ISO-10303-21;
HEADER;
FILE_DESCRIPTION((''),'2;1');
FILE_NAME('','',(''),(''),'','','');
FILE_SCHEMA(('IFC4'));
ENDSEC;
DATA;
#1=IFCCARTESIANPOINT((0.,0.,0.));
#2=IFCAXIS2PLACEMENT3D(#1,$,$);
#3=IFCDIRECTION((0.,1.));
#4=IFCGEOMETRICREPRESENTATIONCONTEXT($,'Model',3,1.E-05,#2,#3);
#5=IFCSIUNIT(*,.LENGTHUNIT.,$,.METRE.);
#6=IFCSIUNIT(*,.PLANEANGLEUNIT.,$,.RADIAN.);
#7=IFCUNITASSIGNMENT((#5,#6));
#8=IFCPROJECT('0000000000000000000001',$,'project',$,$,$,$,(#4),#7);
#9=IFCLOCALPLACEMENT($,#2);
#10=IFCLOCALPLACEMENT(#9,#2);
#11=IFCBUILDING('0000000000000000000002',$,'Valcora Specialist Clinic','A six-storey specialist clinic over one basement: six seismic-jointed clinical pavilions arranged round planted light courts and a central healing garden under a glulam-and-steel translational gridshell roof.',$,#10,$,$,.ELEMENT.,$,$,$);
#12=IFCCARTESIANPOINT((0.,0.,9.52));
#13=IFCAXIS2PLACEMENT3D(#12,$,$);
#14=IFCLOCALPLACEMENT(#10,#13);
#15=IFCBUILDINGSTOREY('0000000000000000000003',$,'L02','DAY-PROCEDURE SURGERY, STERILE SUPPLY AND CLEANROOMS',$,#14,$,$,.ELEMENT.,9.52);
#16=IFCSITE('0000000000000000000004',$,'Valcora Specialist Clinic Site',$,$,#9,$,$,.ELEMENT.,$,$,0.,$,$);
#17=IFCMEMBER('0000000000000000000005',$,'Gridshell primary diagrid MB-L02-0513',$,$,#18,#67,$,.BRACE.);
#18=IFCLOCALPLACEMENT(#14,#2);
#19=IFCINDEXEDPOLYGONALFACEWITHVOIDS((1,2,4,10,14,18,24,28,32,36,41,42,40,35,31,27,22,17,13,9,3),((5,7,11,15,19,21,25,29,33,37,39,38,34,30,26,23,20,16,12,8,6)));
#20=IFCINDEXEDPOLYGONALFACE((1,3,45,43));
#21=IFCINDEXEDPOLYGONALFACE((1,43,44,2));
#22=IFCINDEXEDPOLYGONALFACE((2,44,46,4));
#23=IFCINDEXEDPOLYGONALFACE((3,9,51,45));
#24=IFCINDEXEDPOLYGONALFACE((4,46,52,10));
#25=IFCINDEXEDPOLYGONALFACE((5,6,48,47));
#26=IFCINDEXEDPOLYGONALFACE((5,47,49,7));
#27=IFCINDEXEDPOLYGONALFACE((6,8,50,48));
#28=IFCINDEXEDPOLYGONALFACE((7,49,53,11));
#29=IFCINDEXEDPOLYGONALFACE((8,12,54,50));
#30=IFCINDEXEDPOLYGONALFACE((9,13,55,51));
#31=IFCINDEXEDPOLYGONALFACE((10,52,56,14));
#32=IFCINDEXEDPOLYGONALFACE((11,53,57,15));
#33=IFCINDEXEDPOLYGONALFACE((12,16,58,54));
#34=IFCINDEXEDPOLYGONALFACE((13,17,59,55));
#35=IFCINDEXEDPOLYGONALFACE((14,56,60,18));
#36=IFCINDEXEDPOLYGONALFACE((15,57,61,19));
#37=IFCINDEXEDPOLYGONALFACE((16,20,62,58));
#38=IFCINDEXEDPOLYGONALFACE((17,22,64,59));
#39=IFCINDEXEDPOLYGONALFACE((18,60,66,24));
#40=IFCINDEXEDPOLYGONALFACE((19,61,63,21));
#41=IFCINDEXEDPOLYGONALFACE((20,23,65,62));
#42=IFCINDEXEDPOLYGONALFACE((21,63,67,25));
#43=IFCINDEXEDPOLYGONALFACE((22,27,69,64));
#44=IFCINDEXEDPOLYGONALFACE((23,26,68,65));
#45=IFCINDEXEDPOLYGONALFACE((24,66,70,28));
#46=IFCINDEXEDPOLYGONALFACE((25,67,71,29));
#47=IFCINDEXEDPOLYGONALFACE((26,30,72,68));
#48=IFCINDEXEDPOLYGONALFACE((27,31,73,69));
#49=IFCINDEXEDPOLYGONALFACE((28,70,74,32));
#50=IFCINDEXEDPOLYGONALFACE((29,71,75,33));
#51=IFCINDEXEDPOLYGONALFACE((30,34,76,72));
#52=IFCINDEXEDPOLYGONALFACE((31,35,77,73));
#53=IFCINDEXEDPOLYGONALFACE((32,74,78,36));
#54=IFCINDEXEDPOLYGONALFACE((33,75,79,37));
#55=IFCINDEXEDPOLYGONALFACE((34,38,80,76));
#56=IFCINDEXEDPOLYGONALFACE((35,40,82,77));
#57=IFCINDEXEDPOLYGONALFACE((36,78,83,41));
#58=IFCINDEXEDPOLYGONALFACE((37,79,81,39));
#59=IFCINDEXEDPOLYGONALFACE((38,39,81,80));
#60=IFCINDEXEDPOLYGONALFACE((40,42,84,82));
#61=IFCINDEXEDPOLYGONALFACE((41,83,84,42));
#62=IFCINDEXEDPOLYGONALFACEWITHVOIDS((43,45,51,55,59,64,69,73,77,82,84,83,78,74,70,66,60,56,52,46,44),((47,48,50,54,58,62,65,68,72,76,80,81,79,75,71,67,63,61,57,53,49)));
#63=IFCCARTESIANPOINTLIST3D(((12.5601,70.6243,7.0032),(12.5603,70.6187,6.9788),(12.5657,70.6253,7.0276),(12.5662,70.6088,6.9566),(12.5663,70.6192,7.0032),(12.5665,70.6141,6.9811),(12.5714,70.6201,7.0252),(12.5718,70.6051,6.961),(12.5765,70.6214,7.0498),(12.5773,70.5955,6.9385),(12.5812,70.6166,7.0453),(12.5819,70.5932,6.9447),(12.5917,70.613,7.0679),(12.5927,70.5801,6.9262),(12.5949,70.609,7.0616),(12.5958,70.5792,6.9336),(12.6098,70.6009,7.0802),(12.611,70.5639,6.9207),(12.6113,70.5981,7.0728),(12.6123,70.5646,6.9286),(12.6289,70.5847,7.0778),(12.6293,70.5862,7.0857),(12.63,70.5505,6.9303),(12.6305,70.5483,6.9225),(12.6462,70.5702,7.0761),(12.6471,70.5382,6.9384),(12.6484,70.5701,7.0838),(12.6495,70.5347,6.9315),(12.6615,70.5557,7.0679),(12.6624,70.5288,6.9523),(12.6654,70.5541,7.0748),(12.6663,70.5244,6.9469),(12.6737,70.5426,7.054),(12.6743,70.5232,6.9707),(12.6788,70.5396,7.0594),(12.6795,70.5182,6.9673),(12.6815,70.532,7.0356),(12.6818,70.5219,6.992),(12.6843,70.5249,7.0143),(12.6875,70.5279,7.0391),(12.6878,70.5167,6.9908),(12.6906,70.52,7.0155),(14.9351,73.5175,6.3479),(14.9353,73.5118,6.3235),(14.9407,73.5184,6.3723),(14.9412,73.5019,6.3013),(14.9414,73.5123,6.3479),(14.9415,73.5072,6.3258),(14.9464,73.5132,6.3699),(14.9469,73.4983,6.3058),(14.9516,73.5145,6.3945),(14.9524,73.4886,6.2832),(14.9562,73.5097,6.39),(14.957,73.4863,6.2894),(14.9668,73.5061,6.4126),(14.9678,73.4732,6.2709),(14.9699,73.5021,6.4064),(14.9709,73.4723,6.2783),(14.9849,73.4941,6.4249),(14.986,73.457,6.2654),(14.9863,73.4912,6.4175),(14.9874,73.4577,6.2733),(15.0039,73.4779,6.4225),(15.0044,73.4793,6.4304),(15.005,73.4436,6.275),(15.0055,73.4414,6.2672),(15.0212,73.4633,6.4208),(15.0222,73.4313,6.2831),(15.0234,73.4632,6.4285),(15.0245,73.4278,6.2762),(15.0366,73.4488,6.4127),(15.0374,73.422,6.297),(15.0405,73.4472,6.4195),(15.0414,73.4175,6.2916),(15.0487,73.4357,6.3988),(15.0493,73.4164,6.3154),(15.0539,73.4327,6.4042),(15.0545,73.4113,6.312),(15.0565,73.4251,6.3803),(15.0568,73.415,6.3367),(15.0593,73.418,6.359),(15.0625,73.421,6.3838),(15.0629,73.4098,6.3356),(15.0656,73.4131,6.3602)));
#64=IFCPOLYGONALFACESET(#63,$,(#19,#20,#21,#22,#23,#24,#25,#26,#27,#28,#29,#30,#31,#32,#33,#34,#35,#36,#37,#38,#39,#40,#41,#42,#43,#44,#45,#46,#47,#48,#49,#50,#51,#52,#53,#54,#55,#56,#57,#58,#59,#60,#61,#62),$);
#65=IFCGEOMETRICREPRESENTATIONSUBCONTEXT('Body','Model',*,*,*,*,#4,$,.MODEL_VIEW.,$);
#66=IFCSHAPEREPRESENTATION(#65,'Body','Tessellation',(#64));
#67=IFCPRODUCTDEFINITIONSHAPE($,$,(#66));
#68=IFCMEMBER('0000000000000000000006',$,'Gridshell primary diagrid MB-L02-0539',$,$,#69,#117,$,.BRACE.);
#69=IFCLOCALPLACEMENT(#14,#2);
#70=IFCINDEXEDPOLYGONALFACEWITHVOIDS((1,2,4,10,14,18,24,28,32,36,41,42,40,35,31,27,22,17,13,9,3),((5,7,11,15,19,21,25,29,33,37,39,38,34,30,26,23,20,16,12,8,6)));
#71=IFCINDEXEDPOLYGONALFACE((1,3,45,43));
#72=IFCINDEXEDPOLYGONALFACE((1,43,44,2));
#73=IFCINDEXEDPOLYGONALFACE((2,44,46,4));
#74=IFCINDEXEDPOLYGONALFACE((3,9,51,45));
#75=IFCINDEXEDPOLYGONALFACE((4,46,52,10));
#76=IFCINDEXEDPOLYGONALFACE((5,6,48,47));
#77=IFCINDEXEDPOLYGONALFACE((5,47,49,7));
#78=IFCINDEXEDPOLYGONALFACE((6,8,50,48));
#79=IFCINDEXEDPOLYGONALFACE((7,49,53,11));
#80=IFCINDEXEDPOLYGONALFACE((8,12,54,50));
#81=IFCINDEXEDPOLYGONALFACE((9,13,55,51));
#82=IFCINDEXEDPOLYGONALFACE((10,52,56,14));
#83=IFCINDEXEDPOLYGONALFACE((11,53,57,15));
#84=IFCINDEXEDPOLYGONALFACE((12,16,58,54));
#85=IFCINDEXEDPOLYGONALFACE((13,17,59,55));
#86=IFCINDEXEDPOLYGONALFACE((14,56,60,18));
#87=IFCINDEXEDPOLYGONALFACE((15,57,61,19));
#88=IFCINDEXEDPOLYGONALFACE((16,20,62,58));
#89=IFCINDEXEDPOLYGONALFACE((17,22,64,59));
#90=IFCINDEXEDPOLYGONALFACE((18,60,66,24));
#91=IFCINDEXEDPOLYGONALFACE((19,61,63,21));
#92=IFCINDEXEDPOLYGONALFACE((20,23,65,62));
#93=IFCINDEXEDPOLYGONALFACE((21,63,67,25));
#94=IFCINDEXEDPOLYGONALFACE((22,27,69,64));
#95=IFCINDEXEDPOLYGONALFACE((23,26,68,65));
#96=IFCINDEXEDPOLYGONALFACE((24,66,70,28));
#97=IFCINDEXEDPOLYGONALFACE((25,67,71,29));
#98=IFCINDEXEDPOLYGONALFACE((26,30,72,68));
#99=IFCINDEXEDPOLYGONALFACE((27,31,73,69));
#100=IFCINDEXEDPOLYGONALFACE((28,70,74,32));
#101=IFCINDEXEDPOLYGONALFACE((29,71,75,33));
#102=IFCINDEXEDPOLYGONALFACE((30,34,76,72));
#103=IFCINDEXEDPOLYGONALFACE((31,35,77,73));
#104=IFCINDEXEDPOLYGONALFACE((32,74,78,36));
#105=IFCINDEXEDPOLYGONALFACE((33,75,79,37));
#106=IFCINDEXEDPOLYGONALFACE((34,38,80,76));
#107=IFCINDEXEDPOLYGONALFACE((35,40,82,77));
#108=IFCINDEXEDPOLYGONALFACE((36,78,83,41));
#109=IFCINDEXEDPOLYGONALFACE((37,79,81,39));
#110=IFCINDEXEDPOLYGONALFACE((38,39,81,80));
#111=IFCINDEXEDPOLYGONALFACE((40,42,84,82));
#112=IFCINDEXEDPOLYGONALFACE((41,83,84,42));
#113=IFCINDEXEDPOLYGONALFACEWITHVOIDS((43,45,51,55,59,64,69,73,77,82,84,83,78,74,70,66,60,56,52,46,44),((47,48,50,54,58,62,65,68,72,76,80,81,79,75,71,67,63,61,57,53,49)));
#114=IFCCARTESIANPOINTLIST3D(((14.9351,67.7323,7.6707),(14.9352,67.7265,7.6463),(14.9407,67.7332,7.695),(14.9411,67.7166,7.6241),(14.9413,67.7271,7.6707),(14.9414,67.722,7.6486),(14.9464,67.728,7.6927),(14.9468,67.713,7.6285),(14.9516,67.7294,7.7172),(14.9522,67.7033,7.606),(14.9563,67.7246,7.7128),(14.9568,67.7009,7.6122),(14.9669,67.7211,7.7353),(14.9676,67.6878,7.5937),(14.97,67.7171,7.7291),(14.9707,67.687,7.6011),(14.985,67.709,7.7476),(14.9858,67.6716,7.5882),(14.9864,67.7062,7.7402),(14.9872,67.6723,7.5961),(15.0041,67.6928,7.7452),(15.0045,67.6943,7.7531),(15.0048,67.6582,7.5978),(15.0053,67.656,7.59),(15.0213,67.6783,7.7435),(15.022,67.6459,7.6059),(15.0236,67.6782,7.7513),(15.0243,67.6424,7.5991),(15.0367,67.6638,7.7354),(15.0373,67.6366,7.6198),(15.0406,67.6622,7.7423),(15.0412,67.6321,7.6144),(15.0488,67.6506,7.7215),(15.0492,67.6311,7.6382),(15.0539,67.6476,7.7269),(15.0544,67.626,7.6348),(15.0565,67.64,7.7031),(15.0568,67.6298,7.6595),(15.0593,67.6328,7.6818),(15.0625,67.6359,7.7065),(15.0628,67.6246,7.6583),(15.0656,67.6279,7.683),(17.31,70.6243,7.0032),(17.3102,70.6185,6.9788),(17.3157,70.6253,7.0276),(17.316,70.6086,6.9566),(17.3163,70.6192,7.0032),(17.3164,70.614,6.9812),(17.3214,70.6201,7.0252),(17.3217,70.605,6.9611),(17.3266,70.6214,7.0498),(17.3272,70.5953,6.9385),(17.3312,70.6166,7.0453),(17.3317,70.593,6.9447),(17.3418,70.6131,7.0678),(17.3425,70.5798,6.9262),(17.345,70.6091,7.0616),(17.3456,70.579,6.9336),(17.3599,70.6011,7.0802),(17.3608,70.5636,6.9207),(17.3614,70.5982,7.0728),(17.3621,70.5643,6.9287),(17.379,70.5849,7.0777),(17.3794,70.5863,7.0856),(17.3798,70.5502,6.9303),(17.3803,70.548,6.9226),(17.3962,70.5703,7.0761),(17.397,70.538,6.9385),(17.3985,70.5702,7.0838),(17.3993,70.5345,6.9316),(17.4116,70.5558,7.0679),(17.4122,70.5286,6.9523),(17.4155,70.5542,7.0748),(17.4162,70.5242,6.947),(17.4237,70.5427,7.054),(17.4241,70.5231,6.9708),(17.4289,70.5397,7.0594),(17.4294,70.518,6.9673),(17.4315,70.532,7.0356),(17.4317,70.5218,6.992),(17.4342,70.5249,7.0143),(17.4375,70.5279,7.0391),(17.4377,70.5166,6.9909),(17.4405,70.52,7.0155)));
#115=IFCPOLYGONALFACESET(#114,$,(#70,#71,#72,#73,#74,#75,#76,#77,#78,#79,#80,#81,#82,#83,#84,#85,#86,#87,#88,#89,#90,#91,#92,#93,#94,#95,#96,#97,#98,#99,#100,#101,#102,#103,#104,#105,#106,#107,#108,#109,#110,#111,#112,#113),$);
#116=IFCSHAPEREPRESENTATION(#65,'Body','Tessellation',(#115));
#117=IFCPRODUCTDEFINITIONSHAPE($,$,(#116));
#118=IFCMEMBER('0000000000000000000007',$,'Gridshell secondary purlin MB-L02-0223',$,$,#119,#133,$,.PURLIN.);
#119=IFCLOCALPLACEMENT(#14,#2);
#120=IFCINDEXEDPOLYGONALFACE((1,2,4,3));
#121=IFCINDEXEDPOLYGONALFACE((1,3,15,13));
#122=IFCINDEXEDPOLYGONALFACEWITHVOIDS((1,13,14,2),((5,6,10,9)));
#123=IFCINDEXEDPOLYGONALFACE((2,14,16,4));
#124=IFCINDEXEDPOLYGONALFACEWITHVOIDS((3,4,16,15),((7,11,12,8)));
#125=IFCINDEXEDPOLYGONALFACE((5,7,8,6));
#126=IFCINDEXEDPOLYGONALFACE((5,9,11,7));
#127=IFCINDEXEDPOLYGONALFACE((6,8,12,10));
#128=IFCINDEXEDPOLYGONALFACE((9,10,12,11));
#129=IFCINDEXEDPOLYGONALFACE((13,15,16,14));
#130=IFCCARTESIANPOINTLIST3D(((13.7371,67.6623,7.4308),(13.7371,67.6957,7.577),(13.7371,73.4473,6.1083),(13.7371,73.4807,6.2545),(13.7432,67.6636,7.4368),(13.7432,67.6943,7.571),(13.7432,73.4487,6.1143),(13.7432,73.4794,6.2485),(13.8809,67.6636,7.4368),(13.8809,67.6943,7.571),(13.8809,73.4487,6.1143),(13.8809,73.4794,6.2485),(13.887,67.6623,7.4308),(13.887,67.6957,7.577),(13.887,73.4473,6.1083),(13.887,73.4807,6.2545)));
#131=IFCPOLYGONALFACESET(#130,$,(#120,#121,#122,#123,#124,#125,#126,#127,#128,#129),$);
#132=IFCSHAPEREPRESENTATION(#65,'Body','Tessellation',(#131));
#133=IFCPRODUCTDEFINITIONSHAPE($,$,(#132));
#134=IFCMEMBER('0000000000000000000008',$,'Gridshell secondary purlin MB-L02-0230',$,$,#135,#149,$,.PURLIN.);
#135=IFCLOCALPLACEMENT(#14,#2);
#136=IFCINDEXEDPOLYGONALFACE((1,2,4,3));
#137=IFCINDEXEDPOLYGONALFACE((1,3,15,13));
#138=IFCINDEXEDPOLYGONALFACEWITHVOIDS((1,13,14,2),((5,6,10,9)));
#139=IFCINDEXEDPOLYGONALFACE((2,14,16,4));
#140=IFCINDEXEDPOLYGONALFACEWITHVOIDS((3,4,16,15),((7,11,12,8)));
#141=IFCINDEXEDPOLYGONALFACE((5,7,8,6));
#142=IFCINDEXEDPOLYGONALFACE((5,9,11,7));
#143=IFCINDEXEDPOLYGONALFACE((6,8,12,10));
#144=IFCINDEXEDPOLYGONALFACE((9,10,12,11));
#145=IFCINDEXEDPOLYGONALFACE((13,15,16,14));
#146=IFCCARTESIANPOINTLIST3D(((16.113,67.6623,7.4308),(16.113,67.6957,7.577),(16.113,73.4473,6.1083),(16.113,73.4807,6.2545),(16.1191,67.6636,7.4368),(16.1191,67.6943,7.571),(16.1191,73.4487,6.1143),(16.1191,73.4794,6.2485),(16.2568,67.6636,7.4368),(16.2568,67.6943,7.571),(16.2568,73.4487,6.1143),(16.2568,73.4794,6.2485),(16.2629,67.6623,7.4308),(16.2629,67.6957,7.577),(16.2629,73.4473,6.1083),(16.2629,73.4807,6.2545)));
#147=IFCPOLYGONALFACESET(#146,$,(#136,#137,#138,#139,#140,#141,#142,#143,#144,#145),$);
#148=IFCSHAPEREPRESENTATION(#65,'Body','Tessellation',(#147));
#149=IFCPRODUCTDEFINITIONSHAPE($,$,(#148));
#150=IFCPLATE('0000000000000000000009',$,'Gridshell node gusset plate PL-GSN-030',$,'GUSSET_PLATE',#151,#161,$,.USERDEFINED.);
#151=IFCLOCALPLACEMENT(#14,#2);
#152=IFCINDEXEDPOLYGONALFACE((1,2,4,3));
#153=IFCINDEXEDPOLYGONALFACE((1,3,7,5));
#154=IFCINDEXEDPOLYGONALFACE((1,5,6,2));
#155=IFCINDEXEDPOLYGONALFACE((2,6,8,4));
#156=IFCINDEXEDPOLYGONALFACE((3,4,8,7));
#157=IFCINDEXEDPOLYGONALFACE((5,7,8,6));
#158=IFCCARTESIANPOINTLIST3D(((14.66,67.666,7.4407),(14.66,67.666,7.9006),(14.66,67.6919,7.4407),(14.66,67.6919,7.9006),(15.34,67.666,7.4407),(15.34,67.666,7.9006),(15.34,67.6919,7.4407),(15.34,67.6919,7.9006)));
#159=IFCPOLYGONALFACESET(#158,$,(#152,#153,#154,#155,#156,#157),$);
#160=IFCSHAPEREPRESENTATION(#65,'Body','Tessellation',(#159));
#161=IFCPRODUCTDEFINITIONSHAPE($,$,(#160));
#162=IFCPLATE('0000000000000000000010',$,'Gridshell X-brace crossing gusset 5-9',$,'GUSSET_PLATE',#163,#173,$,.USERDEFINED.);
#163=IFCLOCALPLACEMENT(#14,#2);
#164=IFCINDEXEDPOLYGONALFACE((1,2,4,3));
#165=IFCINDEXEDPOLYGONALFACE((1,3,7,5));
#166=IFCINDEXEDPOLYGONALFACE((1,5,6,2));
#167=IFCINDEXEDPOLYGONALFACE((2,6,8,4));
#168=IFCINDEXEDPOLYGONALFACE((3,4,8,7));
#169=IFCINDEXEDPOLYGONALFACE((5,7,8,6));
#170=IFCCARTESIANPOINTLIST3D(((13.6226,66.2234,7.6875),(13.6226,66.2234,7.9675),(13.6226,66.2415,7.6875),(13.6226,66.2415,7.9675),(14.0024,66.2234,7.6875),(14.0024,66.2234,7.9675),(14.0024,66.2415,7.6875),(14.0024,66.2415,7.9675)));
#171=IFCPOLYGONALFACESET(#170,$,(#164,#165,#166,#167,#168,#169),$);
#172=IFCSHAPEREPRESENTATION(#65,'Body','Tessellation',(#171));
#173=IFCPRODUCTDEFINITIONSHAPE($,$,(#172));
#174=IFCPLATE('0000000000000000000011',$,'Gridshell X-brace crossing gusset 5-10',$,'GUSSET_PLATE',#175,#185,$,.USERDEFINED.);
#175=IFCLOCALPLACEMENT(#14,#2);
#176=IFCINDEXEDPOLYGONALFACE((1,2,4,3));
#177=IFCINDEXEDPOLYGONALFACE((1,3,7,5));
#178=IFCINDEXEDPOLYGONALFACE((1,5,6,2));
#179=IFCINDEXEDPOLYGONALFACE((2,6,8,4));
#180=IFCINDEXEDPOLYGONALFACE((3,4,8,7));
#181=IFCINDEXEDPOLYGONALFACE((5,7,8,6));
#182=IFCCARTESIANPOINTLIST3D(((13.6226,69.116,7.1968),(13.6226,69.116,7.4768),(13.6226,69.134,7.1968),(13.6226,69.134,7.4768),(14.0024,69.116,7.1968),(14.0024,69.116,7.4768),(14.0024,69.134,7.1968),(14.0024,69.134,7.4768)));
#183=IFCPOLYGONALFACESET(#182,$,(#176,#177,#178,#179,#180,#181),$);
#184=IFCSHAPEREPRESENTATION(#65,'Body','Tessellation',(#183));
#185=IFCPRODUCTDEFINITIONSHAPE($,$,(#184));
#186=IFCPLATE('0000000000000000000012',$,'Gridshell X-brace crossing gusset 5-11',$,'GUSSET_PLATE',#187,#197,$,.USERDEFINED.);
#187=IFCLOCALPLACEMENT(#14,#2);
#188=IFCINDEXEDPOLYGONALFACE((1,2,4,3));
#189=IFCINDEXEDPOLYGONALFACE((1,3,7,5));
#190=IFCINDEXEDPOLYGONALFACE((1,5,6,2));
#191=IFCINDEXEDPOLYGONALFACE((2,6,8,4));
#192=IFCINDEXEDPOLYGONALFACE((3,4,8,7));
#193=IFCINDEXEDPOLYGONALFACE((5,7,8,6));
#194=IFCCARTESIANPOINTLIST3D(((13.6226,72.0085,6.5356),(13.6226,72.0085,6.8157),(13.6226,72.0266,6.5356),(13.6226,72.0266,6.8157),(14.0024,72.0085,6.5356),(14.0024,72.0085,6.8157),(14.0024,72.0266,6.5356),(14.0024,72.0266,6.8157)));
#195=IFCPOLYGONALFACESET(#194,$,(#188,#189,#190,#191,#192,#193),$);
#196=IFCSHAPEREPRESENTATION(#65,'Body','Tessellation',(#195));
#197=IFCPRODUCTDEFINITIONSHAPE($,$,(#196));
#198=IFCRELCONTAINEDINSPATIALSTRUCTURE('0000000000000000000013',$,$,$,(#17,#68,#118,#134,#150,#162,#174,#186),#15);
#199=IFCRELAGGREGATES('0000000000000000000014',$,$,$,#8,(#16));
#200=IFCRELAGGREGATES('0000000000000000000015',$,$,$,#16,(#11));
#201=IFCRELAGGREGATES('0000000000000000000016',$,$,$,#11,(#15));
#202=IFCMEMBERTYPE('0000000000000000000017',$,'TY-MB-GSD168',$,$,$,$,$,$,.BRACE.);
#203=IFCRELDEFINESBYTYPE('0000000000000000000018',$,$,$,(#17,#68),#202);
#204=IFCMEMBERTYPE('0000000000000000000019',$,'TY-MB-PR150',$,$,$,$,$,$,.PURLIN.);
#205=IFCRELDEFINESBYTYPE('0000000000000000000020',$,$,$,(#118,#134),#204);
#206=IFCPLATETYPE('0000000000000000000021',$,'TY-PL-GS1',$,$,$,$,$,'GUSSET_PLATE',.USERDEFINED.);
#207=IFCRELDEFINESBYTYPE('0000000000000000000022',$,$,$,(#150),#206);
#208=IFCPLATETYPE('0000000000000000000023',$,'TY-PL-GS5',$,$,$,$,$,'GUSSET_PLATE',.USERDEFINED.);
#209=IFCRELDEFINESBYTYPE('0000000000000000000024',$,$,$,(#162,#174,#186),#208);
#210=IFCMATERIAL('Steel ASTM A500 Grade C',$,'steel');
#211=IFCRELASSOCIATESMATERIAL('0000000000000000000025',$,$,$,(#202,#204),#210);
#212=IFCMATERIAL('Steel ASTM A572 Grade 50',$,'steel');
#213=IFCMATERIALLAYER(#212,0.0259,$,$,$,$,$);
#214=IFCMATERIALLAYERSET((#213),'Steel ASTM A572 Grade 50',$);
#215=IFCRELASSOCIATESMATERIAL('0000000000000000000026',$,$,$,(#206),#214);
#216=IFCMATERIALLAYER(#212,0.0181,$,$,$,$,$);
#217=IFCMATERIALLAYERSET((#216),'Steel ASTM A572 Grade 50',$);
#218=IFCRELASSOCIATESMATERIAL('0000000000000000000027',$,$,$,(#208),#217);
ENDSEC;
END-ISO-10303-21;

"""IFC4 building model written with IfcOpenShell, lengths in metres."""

from ifc_helpers import new_model, si_unit, direction, frame, origin, origin_2d, place, context, subcontext, project, spatial, rectangle, hollow_rectangle, hollow_circle, extrude, material, layer, layer_set, material_profile, profile_set, type_object, element, save


model = new_model("IFC4")

# Units and contexts
model_context = context("Model", 3, precision=1e-05, world=origin(), true_north=direction((0.0, 1.0)))
body_context = subcontext(model_context, "Body", "Model", "MODEL_VIEW")
ifc_project = project(units=[si_unit("LENGTHUNIT", "METRE"), si_unit("PLANEANGLEUNIT", "RADIAN")], contexts=[model_context])

# Site, building, storey
site_placement = place(None, origin())
site = spatial("IfcSite", under=ifc_project, at=site_placement, Name="Valcora Specialist Clinic Site", CompositionType="ELEMENT", RefElevation=0.0)
building_placement = place(site_placement, origin())
building = spatial("IfcBuilding", under=site, at=building_placement, Name="Valcora Specialist Clinic", Description="A six-storey specialist clinic over one basement: six seismic-jointed clinical pavilions arranged round planted light courts and a central healing garden under a glulam-and-steel translational gridshell roof.", CompositionType="ELEMENT")
storey_placement = place(building_placement, frame((0.0, 0.0, 9.52)))
storey = spatial("IfcBuildingStorey", under=building, at=storey_placement, Name="L02", Description="DAY-PROCEDURE SURGERY, STERILE SUPPLY AND CLEANROOMS", CompositionType="ELEMENT", Elevation=9.52)

# Members
ifc_material_1 = material(Name="Steel ASTM A500 Grade C", Category="steel")
ifc_material_profile_1 = material_profile(ifc_material_1, hollow_circle(Radius=0.084, WallThickness=0.0081, at=origin_2d()), Name="ST-CHS-168X8")
ifc_profile_set_1 = profile_set([ifc_material_profile_1], Name="Steel ASTM A500 Grade C")
member_type_1 = type_object("IfcMemberType", Name="TY-MB-GSD168", PredefinedType="BRACE", material=ifc_profile_set_1)
member_1_placement = place(storey_placement, frame((12.625, 70.571, 7.0032), z_axis=(0.625003, 0.761337, -0.172441), x_axis=(-0.772916, 0.634508, 0.0)))
element("IfcMember", 1, at=member_1_placement, inside=storey, type_object=member_type_1, Name="Gridshell primary diagrid MB-L02-0513", PredefinedType="BRACE", context=body_context, shape_type="SweptSolid", body=[
    extrude(hollow_circle(Radius=0.084, WallThickness=0.0081, at=origin_2d()), origin(), (0.0, 0.0, 1.0), 3.8),
])
member_2_placement = place(storey_placement, frame((15.0, 67.679, 7.6707), z_axis=(0.624776, 0.760804, -0.17559), x_axis=(-0.772811, 0.634636, 0.0)))
element("IfcMember", 2, at=member_2_placement, inside=storey, type_object=member_type_1, Name="Gridshell primary diagrid MB-L02-0539", PredefinedType="BRACE", context=body_context, shape_type="SweptSolid", body=[
    extrude(hollow_circle(Radius=0.084, WallThickness=0.0081, at=origin_2d()), origin(), (0.0, 0.0, 1.0), 3.8013),
])
ifc_material_profile_2 = material_profile(ifc_material_1, hollow_rectangle(XDim=0.1499, YDim=0.1499, WallThickness=0.0061, at=origin_2d()), Name="ST-RHS-150X150X6")
ifc_profile_set_2 = profile_set([ifc_material_profile_2], Name="Steel ASTM A500 Grade C")
member_type_2 = type_object("IfcMemberType", Name="TY-MB-PR150", PredefinedType="PURLIN", material=ifc_profile_set_2)
for number, where, z_axis, x_axis, name in (
    (3, (13.812, 67.679, 7.5039), (0.0, 0.974852, -0.222855), (-1.0, 0.0, 0.0), "Gridshell secondary purlin MB-L02-0223"),
    (4, (16.188, 67.679, 7.5039), (0.0, 0.974852, -0.222855), (-1.0, 0.0, 0.0), "Gridshell secondary purlin MB-L02-0230"),
):
    element("IfcMember", number, at=place(storey_placement, frame(where, z_axis=z_axis, x_axis=x_axis)), inside=storey, type_object=member_type_2, Name=name, PredefinedType="PURLIN", context=body_context, shape_type="SweptSolid", body=[
        extrude(hollow_rectangle(XDim=0.1499, YDim=0.1499, WallThickness=0.0061, at=origin_2d()), origin(), (0.0, 0.0, 1.0), 5.9343),
    ])

# Plates
ifc_material_2 = material(Name="Steel ASTM A572 Grade 50", Category="steel")
ifc_layer_1 = layer(ifc_material_2, 0.0259)
ifc_layer_set_1 = layer_set([ifc_layer_1], Name="Steel ASTM A572 Grade 50")
plate_type_1 = type_object("IfcPlateType", Name="TY-PL-GS1", ElementType="GUSSET_PLATE", PredefinedType="USERDEFINED", material=ifc_layer_set_1)
plate_placement = place(storey_placement, frame((15.0, 67.679, 7.4407), z_axis=(0.0, 0.0, 1.0), x_axis=(1.0, 0.0, 0.0)))
element("IfcPlate", 5, at=plate_placement, inside=storey, type_object=plate_type_1, Name="Gridshell node gusset plate PL-GSN-030", ObjectType="GUSSET_PLATE", PredefinedType="USERDEFINED", context=body_context, shape_type="SweptSolid", body=[
    extrude(rectangle(XDim=0.6799, YDim=0.0259, at=origin_2d()), origin(), (0.0, 0.0, 1.0), 0.46),
])
ifc_layer_2 = layer(ifc_material_2, 0.0181)
ifc_layer_set_2 = layer_set([ifc_layer_2], Name="Steel ASTM A572 Grade 50")
plate_type_2 = type_object("IfcPlateType", Name="TY-PL-GS5", ElementType="GUSSET_PLATE", PredefinedType="USERDEFINED", material=ifc_layer_set_2)
for number, where, z_axis, x_axis, name in (
    (6, (13.8125, 66.2324, 7.6875), (0.0, 0.0, 1.0), (1.0, 0.0, 0.0), "Gridshell X-brace crossing gusset 5-9"),
    (7, (13.8125, 69.125, 7.1968), (0.0, 0.0, 1.0), (1.0, 0.0, 0.0), "Gridshell X-brace crossing gusset 5-10"),
    (8, (13.8125, 72.0176, 6.5356), (0.0, 0.0, 1.0), (1.0, 0.0, 0.0), "Gridshell X-brace crossing gusset 5-11"),
):
    element("IfcPlate", number, at=place(storey_placement, frame(where, z_axis=z_axis, x_axis=x_axis)), inside=storey, type_object=plate_type_2, Name=name, ObjectType="GUSSET_PLATE", PredefinedType="USERDEFINED", context=body_context, shape_type="SweptSolid", body=[
        extrude(rectangle(XDim=0.3799, YDim=0.0181, at=origin_2d()), origin(), (0.0, 0.0, 1.0), 0.28),
    ])

save(model, "model.ifc")
